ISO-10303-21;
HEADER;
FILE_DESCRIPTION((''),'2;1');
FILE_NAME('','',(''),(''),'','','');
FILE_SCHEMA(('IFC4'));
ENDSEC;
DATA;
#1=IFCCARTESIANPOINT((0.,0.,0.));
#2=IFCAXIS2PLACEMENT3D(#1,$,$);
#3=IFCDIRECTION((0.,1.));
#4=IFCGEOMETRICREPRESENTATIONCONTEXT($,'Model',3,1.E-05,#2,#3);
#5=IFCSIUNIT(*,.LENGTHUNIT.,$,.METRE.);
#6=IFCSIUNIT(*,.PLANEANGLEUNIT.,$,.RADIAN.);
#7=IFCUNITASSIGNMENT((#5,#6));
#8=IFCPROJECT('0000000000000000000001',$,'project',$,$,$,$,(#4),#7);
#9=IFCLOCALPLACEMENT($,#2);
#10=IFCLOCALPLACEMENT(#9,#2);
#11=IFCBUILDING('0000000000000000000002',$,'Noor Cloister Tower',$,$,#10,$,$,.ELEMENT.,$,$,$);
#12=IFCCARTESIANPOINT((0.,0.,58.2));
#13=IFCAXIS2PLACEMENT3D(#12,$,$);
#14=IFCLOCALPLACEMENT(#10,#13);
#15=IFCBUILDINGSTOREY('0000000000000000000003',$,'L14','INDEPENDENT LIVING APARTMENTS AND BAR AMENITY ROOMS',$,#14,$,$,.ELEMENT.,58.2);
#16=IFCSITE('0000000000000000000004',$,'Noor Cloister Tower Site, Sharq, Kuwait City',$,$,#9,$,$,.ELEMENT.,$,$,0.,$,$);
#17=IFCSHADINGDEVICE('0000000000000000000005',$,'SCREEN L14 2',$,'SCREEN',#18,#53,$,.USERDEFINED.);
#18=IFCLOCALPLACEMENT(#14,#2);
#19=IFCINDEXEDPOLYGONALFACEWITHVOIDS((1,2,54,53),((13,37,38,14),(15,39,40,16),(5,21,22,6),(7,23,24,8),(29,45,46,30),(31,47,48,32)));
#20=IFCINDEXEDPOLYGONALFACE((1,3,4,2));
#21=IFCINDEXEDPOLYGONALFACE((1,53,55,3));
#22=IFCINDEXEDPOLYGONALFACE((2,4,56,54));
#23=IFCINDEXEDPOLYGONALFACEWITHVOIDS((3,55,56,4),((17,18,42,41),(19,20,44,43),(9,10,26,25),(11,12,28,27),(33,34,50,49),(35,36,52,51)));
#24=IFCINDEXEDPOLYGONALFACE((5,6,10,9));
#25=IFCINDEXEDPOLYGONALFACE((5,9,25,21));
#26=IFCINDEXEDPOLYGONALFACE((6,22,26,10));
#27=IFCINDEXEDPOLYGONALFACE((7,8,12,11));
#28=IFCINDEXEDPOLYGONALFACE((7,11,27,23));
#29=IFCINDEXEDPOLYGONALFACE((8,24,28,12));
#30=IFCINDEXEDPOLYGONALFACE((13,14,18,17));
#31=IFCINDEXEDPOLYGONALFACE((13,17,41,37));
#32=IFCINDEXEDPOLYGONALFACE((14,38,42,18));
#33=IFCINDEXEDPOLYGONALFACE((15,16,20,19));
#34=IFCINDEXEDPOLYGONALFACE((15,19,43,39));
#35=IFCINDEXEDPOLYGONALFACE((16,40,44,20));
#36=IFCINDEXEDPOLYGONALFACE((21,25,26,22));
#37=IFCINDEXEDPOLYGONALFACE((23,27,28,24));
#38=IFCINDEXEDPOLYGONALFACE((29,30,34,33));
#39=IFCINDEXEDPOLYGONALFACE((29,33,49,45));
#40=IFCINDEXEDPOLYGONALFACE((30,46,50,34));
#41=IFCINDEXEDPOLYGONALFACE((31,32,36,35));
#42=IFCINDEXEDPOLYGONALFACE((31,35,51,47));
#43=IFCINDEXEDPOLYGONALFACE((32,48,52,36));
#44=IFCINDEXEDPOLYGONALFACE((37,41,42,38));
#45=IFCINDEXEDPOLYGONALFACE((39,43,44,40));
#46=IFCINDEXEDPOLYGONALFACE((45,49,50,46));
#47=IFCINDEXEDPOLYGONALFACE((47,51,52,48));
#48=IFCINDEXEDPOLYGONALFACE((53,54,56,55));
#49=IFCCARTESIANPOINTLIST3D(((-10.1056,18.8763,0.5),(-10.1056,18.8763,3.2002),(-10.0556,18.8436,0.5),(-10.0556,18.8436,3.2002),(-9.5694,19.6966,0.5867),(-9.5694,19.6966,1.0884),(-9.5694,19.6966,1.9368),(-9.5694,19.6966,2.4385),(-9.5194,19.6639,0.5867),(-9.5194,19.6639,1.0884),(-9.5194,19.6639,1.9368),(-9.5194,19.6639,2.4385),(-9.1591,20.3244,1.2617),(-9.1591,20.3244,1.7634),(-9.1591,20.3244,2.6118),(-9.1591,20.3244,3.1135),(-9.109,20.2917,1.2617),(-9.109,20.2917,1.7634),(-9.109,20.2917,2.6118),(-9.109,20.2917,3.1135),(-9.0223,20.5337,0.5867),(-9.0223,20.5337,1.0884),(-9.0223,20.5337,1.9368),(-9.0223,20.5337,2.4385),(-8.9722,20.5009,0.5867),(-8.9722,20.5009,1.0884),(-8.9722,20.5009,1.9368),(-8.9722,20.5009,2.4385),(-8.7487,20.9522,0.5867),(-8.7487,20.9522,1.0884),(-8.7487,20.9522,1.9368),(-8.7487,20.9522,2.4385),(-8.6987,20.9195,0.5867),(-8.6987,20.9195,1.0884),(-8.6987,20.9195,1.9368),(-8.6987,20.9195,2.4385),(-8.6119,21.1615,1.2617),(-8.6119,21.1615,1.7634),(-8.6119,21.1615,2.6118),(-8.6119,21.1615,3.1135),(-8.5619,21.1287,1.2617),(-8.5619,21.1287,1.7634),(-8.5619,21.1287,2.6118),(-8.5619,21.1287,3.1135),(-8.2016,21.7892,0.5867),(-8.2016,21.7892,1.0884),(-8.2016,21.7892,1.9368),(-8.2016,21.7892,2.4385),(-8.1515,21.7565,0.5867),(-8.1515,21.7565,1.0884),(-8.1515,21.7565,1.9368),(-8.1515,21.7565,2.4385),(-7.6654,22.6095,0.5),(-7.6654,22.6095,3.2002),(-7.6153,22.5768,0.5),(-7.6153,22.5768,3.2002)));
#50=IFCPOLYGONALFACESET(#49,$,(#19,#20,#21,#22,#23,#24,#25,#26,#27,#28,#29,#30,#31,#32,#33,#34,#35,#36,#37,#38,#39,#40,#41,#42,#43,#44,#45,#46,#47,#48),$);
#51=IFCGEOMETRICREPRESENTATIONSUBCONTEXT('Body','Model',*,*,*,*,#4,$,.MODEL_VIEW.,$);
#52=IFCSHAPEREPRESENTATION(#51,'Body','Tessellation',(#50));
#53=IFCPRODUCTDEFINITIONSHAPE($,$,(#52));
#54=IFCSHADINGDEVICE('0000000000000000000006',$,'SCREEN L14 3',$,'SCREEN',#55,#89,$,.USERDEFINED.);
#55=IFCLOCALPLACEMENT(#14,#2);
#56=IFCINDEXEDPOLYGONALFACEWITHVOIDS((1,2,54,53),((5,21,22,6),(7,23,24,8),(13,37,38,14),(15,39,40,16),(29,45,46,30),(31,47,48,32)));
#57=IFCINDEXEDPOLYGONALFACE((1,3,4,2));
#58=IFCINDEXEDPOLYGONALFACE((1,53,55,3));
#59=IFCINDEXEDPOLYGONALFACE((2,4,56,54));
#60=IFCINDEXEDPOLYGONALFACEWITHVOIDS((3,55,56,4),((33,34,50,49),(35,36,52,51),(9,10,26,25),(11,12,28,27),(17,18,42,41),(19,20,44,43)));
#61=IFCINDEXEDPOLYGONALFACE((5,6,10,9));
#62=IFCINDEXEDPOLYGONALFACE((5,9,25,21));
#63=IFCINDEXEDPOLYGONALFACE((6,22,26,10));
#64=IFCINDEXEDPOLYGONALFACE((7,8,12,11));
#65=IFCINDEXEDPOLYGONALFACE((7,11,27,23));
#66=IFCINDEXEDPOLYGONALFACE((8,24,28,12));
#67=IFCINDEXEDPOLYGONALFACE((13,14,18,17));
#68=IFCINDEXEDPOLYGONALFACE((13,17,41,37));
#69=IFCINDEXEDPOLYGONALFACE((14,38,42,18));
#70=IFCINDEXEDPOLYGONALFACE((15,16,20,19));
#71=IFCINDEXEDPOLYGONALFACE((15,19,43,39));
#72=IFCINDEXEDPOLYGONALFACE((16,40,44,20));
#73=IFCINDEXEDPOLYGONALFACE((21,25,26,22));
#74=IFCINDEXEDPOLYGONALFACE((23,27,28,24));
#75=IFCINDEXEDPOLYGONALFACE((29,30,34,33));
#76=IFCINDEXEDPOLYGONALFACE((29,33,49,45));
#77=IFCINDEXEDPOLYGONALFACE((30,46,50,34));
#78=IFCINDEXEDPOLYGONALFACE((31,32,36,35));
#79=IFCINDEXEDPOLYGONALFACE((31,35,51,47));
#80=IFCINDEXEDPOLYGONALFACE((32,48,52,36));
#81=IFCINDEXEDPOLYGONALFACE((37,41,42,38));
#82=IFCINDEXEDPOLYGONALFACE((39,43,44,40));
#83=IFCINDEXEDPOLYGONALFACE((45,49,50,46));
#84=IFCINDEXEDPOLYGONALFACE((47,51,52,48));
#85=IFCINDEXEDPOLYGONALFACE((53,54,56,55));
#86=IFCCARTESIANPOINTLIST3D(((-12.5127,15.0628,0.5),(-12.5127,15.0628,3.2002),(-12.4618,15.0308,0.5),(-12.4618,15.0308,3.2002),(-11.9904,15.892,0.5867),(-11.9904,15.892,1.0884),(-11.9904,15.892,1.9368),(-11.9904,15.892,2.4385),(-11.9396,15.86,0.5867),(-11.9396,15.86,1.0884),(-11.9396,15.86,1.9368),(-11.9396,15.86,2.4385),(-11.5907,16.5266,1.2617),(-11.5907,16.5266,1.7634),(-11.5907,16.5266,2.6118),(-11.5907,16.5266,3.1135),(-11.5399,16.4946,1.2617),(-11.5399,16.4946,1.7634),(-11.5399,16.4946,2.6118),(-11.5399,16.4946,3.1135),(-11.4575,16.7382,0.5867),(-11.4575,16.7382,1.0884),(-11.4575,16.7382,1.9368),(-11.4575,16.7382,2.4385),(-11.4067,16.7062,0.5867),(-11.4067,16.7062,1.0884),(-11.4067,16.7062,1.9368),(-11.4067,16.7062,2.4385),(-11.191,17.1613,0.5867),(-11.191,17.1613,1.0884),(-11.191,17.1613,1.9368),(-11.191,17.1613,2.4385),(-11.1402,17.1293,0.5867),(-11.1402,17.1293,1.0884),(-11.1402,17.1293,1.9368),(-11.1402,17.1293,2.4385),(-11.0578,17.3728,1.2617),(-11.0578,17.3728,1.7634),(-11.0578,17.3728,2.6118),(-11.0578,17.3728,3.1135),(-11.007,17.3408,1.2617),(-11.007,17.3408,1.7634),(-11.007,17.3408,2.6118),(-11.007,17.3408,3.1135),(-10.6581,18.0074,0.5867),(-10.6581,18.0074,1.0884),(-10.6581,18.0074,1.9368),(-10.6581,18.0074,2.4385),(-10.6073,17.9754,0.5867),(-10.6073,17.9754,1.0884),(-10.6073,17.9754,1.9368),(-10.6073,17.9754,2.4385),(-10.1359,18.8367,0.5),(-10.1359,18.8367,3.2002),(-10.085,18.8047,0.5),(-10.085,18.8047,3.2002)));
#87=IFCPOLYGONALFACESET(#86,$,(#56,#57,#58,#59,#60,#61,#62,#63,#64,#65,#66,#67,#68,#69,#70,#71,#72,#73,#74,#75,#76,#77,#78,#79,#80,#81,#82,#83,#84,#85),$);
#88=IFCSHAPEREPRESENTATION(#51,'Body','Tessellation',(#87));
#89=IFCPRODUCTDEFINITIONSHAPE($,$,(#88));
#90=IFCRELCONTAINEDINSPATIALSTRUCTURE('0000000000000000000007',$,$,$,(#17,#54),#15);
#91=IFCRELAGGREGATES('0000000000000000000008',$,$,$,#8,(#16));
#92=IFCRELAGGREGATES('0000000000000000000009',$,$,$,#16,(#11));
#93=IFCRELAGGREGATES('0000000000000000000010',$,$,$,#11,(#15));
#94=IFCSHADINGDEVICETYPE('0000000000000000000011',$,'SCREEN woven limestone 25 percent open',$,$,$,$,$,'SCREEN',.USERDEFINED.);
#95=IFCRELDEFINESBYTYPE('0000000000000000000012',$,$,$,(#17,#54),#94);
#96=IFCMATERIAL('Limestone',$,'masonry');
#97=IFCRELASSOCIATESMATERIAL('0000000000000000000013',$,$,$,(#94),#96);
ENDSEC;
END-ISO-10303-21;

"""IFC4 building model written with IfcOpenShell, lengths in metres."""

from ifc_helpers import new_model, si_unit, direction, frame, origin, place, context, subcontext, project, spatial, polyline, outline, extrude, material, material_profile, profile_set, type_object, element, save


model = new_model("IFC4")

# Units and contexts
model_context = context("Model", 3, precision=1e-05, world=origin(), true_north=direction((0.0, 1.0)))
body_context = subcontext(model_context, "Body", "Model", "MODEL_VIEW")
ifc_project = project(units=[si_unit("LENGTHUNIT", "METRE"), si_unit("PLANEANGLEUNIT", "RADIAN")], contexts=[model_context])

# Site, building, storey
site_placement = place(None, origin())
site = spatial("IfcSite", under=ifc_project, at=site_placement, Name="Noor Cloister Tower Site, Sharq, Kuwait City", CompositionType="ELEMENT", RefElevation=0.0)
building_placement = place(site_placement, origin())
building = spatial("IfcBuilding", under=site, at=building_placement, Name="Noor Cloister Tower", CompositionType="ELEMENT")
storey_placement = place(building_placement, frame((0.0, 0.0, 58.2)))
storey = spatial("IfcBuildingStorey", under=building, at=storey_placement, Name="L14", Description="INDEPENDENT LIVING APARTMENTS AND BAR AMENITY ROOMS", CompositionType="ELEMENT", Elevation=58.2)

# Shading devices
ifc_material_1 = material(Name="Limestone", Category="masonry")
ifc_material_profile_1 = material_profile(ifc_material_1, outline(polyline([(-2.23, -1.3501), (2.23, -1.3501), (2.23, 1.3501), (-2.23, 1.3501), (-2.23, -1.3501)]), holes=[polyline([(-1.25, -1.2634), (-0.25, -1.2634), (-0.25, -0.7617), (-1.25, -0.7617), (-1.25, -1.2634)]), polyline([(0.25, -1.2634), (1.25, -1.2634), (1.25, -0.7617), (0.25, -0.7617), (0.25, -1.2634)]), polyline([(-0.5, -0.5884), (0.5, -0.5884), (0.5, -0.0867), (-0.5, -0.0867), (-0.5, -0.5884)]), polyline([(-1.25, 0.0867), (-0.25, 0.0867), (-0.25, 0.5884), (-1.25, 0.5884), (-1.25, 0.0867)]), polyline([(0.25, 0.0867), (1.25, 0.0867), (1.25, 0.5884), (0.25, 0.5884), (0.25, 0.0867)]), polyline([(-0.5, 0.7617), (0.5, 0.7617), (0.5, 1.2634), (-0.5, 1.2634), (-0.5, 0.7617)])]), Name="Woven screen 25 percent open")
ifc_profile_set_1 = profile_set([ifc_material_profile_1], Name="Limestone")
shading_device_type = type_object("IfcShadingDeviceType", Name="SCREEN woven limestone 25 percent open", ElementType="SCREEN", PredefinedType="USERDEFINED", material=ifc_profile_set_1)
shading_device_1_placement = place(storey_placement, frame((-8.8354, 20.7102, 1.8501), z_axis=(-0.837042, 0.547139, 0.0), x_axis=(-0.547139, -0.837042, 0.0)))
element("IfcShadingDevice", 1, at=shading_device_1_placement, inside=storey, type_object=shading_device_type, Name="SCREEN L14 2", ObjectType="SCREEN", PredefinedType="USERDEFINED", context=body_context, shape_type="SweptSolid", body=[
    extrude(outline(polyline([(-2.23, -1.3501), (2.23, -1.3501), (2.23, 1.3501), (-2.23, 1.3501), (-2.23, -1.3501)]), holes=[polyline([(-1.25, -1.2634), (-0.25, -1.2634), (-0.25, -0.7617), (-1.25, -0.7617), (-1.25, -1.2634)]), polyline([(0.25, -1.2634), (1.25, -1.2634), (1.25, -0.7617), (0.25, -0.7617), (0.25, -1.2634)]), polyline([(-0.5, -0.5884), (0.5, -0.5884), (0.5, -0.0867), (-0.5, -0.0867), (-0.5, -0.5884)]), polyline([(-1.25, 0.0867), (-0.25, 0.0867), (-0.25, 0.5884), (-1.25, 0.5884), (-1.25, 0.0867)]), polyline([(0.25, 0.0867), (1.25, 0.0867), (1.25, 0.5884), (0.25, 0.5884), (0.25, 0.0867)]), polyline([(-0.5, 0.7617), (0.5, 0.7617), (0.5, 1.2634), (-0.5, 1.2634), (-0.5, 0.7617)])]), origin(), (0.0, 0.0, 1.0), 0.0598),
])
shading_device_2_placement = place(storey_placement, frame((-11.2734, 16.9177, 1.8501), z_axis=(-0.846165, 0.532921, 0.0), x_axis=(-0.532921, -0.846165, 0.0)))
element("IfcShadingDevice", 2, at=shading_device_2_placement, inside=storey, type_object=shading_device_type, Name="SCREEN L14 3", ObjectType="SCREEN", PredefinedType="USERDEFINED", context=body_context, shape_type="SweptSolid", body=[
    extrude(outline(polyline([(-2.23, -1.3501), (2.23, -1.3501), (2.23, 1.3501), (-2.23, 1.3501), (-2.23, -1.3501)]), holes=[polyline([(-1.25, -1.2634), (-0.25, -1.2634), (-0.25, -0.7617), (-1.25, -0.7617), (-1.25, -1.2634)]), polyline([(0.25, -1.2634), (1.25, -1.2634), (1.25, -0.7617), (0.25, -0.7617), (0.25, -1.2634)]), polyline([(-0.5, -0.5884), (0.5, -0.5884), (0.5, -0.0867), (-0.5, -0.0867), (-0.5, -0.5884)]), polyline([(-1.25, 0.0867), (-0.25, 0.0867), (-0.25, 0.5884), (-1.25, 0.5884), (-1.25, 0.0867)]), polyline([(0.25, 0.0867), (1.25, 0.0867), (1.25, 0.5884), (0.25, 0.5884), (0.25, 0.0867)]), polyline([(-0.5, 0.7617), (0.5, 0.7617), (0.5, 1.2634), (-0.5, 1.2634), (-0.5, 0.7617)])]), origin(), (0.0, 0.0, 1.0), 0.0601),
])

save(model, "model.ifc")
